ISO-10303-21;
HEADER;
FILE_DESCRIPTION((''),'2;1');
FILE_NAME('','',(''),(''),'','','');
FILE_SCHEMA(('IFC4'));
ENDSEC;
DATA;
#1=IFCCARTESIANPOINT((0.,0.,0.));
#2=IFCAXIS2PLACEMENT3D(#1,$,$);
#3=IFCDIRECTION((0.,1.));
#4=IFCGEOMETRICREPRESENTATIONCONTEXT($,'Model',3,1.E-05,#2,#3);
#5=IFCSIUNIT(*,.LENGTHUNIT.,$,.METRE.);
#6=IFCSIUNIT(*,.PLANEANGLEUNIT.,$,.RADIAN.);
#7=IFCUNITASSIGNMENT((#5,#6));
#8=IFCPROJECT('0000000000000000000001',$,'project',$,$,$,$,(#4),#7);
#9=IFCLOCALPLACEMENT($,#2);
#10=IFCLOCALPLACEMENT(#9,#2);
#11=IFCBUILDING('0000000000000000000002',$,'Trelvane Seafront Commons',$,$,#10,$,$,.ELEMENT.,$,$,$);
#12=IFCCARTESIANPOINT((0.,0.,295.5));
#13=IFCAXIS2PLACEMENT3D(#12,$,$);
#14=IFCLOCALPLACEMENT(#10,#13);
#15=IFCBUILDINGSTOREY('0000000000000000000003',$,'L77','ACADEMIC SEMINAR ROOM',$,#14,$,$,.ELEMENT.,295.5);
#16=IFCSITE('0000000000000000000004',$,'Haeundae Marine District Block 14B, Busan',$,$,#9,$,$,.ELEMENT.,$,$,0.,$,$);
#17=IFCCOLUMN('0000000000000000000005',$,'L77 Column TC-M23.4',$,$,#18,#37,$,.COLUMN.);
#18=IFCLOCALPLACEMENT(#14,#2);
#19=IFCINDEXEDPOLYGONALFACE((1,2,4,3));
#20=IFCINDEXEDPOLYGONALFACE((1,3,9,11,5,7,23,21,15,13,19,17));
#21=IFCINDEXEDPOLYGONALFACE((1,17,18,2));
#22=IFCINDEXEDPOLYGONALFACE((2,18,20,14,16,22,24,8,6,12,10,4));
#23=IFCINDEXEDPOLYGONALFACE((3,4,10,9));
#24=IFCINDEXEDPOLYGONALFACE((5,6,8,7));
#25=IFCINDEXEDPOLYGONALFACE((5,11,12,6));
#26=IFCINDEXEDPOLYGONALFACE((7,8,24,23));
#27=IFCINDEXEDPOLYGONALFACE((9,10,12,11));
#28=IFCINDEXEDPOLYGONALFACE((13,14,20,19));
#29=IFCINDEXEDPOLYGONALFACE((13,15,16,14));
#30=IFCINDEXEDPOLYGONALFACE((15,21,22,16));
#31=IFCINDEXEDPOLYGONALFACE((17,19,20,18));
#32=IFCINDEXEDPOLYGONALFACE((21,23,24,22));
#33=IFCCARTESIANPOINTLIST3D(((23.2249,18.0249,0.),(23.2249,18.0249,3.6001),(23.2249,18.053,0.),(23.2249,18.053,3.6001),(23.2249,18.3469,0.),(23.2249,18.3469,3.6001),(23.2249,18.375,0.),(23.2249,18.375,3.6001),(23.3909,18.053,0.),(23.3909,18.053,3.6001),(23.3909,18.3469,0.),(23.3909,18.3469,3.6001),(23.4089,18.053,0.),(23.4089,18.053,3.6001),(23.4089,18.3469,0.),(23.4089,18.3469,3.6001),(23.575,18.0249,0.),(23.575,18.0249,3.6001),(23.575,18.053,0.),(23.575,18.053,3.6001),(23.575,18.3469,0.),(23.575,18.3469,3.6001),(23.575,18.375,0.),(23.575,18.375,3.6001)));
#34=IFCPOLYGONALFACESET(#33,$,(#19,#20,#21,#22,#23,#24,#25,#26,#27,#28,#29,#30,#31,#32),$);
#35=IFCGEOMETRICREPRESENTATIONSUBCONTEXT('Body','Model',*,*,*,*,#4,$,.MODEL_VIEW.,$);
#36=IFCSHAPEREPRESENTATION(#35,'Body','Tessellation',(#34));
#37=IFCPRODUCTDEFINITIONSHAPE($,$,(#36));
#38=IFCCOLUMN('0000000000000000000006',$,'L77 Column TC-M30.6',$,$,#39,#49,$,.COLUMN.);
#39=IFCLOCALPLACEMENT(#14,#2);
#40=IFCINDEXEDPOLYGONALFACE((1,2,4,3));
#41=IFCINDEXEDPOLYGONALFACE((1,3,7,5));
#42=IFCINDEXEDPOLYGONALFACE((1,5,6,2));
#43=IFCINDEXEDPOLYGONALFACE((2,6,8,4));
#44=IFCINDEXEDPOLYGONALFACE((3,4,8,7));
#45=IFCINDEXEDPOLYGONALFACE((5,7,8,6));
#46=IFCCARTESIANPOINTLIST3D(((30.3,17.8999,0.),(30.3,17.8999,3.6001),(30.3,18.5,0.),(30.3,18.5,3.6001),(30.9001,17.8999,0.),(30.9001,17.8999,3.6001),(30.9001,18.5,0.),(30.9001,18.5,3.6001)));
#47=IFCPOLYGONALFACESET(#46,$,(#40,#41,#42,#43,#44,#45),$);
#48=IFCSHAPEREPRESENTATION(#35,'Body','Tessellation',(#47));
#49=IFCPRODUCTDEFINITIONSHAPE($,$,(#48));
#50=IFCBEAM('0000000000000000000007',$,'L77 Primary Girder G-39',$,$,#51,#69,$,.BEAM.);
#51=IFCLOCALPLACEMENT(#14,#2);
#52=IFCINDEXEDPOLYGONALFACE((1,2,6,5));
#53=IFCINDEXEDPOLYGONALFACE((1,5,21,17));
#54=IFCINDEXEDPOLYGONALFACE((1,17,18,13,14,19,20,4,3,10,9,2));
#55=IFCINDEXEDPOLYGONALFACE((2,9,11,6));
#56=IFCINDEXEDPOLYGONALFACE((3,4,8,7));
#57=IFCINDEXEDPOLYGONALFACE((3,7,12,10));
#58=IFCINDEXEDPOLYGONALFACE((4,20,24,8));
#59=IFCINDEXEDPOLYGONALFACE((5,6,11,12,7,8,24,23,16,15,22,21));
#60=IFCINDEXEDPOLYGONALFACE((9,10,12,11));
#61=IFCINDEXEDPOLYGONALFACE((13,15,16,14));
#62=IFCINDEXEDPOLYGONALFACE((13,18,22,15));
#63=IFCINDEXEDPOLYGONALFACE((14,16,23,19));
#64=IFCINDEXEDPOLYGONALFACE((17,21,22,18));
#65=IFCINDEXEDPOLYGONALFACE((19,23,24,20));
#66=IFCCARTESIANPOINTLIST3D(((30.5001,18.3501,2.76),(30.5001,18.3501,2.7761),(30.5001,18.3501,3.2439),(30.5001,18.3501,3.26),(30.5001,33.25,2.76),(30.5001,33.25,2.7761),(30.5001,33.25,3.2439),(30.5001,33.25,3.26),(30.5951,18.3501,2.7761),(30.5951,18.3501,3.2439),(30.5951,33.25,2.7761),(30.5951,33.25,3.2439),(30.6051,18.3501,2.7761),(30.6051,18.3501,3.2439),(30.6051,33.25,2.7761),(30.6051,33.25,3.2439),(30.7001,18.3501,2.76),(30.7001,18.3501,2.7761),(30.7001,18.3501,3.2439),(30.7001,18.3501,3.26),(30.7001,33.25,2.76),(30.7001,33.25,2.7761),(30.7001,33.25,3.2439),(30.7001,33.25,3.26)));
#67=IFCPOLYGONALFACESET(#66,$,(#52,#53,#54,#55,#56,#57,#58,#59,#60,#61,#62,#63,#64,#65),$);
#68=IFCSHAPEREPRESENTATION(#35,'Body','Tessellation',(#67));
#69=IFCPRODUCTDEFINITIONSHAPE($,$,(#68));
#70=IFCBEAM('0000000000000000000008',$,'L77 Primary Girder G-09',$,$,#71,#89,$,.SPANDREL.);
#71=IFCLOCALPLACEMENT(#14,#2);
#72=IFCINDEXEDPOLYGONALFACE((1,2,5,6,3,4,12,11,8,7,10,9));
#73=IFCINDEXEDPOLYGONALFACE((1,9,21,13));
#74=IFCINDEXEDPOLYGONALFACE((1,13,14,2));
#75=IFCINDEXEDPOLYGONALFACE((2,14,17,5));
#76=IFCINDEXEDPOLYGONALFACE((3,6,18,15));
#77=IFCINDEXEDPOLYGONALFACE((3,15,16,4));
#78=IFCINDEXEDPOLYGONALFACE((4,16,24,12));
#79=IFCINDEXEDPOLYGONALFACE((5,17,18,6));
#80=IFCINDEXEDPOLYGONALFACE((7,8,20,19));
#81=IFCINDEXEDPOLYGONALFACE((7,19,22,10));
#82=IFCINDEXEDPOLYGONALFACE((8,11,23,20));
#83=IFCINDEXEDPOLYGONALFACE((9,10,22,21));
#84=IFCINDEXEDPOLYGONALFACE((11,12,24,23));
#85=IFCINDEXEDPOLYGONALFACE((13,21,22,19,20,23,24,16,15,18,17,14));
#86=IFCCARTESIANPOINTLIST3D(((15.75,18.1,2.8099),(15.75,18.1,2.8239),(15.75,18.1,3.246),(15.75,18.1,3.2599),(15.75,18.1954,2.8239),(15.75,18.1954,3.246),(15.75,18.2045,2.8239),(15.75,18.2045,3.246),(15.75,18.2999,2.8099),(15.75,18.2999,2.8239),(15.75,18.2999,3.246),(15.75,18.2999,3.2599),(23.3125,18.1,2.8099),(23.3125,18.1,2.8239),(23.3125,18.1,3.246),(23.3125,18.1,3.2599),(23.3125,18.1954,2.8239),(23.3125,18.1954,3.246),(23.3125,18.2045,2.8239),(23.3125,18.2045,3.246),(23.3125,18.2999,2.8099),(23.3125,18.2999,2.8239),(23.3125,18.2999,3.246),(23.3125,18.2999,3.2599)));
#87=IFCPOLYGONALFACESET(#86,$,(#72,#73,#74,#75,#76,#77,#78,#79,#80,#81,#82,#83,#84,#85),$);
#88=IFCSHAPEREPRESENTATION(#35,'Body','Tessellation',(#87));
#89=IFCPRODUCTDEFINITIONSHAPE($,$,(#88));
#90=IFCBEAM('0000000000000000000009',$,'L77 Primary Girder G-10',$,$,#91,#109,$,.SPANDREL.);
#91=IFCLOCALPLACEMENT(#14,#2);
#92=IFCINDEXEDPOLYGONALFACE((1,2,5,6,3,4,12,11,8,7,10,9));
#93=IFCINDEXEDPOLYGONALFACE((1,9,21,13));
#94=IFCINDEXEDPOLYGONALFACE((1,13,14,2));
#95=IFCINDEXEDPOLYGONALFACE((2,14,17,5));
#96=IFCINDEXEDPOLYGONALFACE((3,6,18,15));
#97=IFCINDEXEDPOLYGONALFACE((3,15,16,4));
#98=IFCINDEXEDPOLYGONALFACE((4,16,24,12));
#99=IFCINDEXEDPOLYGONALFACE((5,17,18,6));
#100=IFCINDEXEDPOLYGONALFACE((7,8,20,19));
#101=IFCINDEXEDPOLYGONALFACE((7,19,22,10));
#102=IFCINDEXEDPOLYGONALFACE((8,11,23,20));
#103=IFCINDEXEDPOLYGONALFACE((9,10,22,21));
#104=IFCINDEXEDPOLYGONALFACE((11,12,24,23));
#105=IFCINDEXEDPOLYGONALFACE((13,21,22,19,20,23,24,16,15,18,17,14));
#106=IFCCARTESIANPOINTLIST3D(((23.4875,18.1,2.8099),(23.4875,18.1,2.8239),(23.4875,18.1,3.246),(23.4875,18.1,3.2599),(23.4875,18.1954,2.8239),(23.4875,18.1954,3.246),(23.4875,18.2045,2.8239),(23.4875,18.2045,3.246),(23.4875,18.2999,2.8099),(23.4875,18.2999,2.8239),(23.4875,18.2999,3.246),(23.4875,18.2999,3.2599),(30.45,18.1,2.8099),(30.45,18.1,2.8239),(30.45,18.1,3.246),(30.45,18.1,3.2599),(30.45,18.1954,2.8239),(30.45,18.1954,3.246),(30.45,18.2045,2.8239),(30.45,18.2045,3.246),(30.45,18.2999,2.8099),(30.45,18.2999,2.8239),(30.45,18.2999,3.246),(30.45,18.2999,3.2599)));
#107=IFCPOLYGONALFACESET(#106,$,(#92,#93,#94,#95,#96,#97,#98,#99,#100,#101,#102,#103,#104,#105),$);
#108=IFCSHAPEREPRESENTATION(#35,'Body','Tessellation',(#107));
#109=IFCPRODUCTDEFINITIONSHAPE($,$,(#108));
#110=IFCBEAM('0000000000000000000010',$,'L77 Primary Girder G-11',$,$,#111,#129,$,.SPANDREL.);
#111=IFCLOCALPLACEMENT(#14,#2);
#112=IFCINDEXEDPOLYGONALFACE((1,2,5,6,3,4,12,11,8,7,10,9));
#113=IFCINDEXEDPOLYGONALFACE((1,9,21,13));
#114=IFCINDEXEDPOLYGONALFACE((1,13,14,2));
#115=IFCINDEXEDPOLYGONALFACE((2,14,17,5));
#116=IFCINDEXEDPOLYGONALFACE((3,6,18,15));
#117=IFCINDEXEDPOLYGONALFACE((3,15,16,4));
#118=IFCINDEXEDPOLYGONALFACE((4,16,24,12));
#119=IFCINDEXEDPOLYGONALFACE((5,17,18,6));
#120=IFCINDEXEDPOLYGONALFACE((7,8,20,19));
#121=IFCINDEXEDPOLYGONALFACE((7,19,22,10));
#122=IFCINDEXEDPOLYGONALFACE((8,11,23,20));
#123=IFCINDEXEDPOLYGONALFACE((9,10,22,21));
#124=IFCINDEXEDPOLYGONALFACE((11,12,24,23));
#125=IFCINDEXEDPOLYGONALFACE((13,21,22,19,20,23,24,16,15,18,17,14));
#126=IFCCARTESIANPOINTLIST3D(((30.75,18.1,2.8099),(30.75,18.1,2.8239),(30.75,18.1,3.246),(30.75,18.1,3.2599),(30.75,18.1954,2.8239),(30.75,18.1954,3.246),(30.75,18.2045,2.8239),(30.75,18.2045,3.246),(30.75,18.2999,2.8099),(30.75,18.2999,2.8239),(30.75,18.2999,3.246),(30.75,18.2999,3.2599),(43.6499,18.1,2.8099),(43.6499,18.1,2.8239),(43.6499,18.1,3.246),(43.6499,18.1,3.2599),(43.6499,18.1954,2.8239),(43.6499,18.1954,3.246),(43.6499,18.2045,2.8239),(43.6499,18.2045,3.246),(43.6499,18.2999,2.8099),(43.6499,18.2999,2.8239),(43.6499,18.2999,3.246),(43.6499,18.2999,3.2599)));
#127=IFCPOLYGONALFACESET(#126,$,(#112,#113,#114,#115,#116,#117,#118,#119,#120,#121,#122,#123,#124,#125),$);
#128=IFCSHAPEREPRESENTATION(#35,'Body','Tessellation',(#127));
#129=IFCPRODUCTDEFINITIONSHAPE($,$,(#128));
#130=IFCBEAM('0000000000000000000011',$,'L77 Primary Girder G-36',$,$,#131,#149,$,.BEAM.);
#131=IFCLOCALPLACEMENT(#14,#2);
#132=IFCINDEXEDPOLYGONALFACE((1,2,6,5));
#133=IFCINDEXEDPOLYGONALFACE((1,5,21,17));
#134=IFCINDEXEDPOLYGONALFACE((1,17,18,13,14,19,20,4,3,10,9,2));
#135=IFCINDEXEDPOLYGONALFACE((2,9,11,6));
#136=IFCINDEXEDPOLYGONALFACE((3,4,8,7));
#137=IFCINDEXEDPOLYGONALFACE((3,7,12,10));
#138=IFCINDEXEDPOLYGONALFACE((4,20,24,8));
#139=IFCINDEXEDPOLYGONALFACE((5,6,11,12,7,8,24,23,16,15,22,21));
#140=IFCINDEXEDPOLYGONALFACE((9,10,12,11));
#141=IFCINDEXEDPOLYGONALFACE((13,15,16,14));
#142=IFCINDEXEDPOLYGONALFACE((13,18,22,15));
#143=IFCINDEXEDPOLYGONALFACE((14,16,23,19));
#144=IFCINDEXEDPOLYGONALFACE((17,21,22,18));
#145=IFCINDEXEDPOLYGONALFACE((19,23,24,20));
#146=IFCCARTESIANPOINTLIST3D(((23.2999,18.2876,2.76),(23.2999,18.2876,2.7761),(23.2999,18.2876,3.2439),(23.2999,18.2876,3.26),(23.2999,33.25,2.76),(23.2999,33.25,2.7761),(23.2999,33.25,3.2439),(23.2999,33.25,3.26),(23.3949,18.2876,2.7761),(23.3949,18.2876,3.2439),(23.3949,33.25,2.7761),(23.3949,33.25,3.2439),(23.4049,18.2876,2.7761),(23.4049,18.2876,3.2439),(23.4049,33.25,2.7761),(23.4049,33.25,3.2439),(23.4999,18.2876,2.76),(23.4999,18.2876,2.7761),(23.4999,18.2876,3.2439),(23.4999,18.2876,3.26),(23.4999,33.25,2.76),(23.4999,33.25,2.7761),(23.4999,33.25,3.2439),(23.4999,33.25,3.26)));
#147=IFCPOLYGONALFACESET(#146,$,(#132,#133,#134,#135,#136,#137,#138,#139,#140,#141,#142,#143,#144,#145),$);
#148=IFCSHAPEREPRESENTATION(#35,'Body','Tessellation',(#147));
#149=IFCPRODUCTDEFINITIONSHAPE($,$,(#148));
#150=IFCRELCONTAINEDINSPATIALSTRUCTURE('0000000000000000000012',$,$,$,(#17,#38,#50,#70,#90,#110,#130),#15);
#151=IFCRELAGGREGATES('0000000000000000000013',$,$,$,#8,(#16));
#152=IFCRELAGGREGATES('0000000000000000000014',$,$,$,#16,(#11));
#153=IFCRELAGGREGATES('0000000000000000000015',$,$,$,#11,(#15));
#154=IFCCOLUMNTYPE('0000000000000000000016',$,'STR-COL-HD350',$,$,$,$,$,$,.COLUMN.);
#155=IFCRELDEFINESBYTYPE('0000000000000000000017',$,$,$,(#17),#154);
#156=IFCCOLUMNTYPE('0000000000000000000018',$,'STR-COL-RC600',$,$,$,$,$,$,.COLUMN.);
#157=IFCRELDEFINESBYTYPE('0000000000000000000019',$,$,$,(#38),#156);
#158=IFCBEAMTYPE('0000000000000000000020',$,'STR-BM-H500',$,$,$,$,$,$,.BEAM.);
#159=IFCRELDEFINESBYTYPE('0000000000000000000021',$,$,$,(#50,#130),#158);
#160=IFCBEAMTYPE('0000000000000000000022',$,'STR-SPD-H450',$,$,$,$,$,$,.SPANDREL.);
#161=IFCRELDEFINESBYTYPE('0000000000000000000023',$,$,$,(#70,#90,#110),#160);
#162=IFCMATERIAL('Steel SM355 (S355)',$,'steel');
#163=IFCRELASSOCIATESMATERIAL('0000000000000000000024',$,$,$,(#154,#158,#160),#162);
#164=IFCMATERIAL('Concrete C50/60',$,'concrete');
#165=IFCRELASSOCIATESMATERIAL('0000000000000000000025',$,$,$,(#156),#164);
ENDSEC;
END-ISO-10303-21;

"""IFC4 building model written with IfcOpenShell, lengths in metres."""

from ifc_helpers import new_model, si_unit, direction, frame, origin, origin_2d, place, context, subcontext, project, spatial, rectangle, i_section, extrude, source, transform, mapped, material, material_profile, profile_set, type_object, element, save


model = new_model("IFC4")

# Units and contexts
model_context = context("Model", 3, precision=1e-05, world=origin(), true_north=direction((0.0, 1.0)))
body_context = subcontext(model_context, "Body", "Model", "MODEL_VIEW")
ifc_project = project(units=[si_unit("LENGTHUNIT", "METRE"), si_unit("PLANEANGLEUNIT", "RADIAN")], contexts=[model_context])

# Site, building, storey
site_placement = place(None, origin())
site = spatial("IfcSite", under=ifc_project, at=site_placement, Name="Haeundae Marine District Block 14B, Busan", CompositionType="ELEMENT", RefElevation=0.0)
building_placement = place(site_placement, origin())
building = spatial("IfcBuilding", under=site, at=building_placement, Name="Trelvane Seafront Commons", CompositionType="ELEMENT")
storey_placement = place(building_placement, frame((0.0, 0.0, 295.5)))
storey = spatial("IfcBuildingStorey", under=building, at=storey_placement, Name="L77", Description="ACADEMIC SEMINAR ROOM", CompositionType="ELEMENT", Elevation=295.5)

# Columns
ifc_material_1 = material(Name="Steel SM355 (S355)", Category="steel")
ifc_material_profile_1 = material_profile(ifc_material_1, i_section(OverallWidth=0.3501, OverallDepth=0.3501, WebThickness=0.0181, FlangeThickness=0.0281, at=origin_2d()), Name="HD-350x350x18x28")
ifc_profile_set_1 = profile_set([ifc_material_profile_1], Name="Steel SM355 (S355)")
column_type_1 = type_object("IfcColumnType", Name="STR-COL-HD350", PredefinedType="COLUMN", material=ifc_profile_set_1)
shared_shape_1 = source(origin(), body_context, "Body", "SweptSolid", [
    extrude(i_section(OverallWidth=0.3501, OverallDepth=0.3501, WebThickness=0.0181, FlangeThickness=0.0281, at=origin_2d()), origin(), (0.0, 0.0, 1.0), 3.6001),
])
column_1_placement = place(storey_placement, frame((23.3999, 18.2, 0.0), z_axis=(0.0, 0.0, 1.0), x_axis=(1.0, 0.0, 0.0)))
element("IfcColumn", 1, at=column_1_placement, inside=storey, type_object=column_type_1, Name="L77 Column TC-M23.4", PredefinedType="COLUMN", context=body_context, shape_type="MappedRepresentation", body=[
    mapped(shared_shape_1, transform((0.0, 0.0, 0.0), x_axis=(1.0, 0.0, 0.0), y_axis=(0.0, 1.0, 0.0), z_axis=(0.0, 0.0, 1.0), scale=1.0)),
])
ifc_material_2 = material(Name="Concrete C50/60", Category="concrete")
ifc_material_profile_2 = material_profile(ifc_material_2, rectangle(XDim=0.6001, YDim=0.6001, at=origin_2d()), Name="RC-600x600")
ifc_profile_set_2 = profile_set([ifc_material_profile_2], Name="Concrete C50/60")
column_type_2 = type_object("IfcColumnType", Name="STR-COL-RC600", PredefinedType="COLUMN", material=ifc_profile_set_2)
shared_shape_2 = source(origin(), body_context, "Body", "SweptSolid", [
    extrude(rectangle(XDim=0.6001, YDim=0.6001, at=origin_2d()), origin(), (0.0, 0.0, 1.0), 3.6001),
])
column_2_placement = place(storey_placement, frame((30.6001, 18.2, 0.0), z_axis=(0.0, 0.0, 1.0), x_axis=(1.0, 0.0, 0.0)))
element("IfcColumn", 2, at=column_2_placement, inside=storey, type_object=column_type_2, Name="L77 Column TC-M30.6", PredefinedType="COLUMN", context=body_context, shape_type="MappedRepresentation", body=[
    mapped(shared_shape_2, transform((0.0, 0.0, 0.0), x_axis=(1.0, 0.0, 0.0), y_axis=(0.0, 1.0, 0.0), z_axis=(0.0, 0.0, 1.0), scale=1.0)),
])

# Beams
ifc_material_profile_3 = material_profile(ifc_material_1, i_section(OverallWidth=0.2, OverallDepth=0.5, WebThickness=0.01, FlangeThickness=0.0161, at=origin_2d()), Name="H-500x200x10x16")
ifc_profile_set_3 = profile_set([ifc_material_profile_3], Name="Steel SM355 (S355)")
beam_type_1 = type_object("IfcBeamType", Name="STR-BM-H500", PredefinedType="BEAM", material=ifc_profile_set_3)
shared_shape_3 = source(origin(), body_context, "Body", "SweptSolid", [
    extrude(i_section(OverallWidth=0.2, OverallDepth=0.5, WebThickness=0.01, FlangeThickness=0.0161, at=origin_2d()), origin(), (0.0, 0.0, 1.0), 14.8999),
])
beam_1_placement = place(storey_placement, frame((30.6001, 18.3501, 3.01), z_axis=(0.0, 1.0, 0.0), x_axis=(-1.0, 0.0, 0.0)))
element("IfcBeam", 3, at=beam_1_placement, inside=storey, type_object=beam_type_1, Name="L77 Primary Girder G-39", PredefinedType="BEAM", context=body_context, shape_type="MappedRepresentation", body=[
    mapped(shared_shape_3, transform((0.0, 0.0, 0.0), x_axis=(1.0, 0.0, 0.0), y_axis=(0.0, 1.0, 0.0), z_axis=(0.0, 0.0, 1.0), scale=1.0)),
])
ifc_material_profile_4 = material_profile(ifc_material_1, i_section(OverallWidth=0.2, OverallDepth=0.45, WebThickness=0.009, FlangeThickness=0.0139, at=origin_2d()), Name="H-450x200x9x14")
ifc_profile_set_4 = profile_set([ifc_material_profile_4], Name="Steel SM355 (S355)")
beam_type_2 = type_object("IfcBeamType", Name="STR-SPD-H450", PredefinedType="SPANDREL", material=ifc_profile_set_4)
shared_shape_4 = source(origin(), body_context, "Body", "SweptSolid", [
    extrude(i_section(OverallWidth=0.2, OverallDepth=0.45, WebThickness=0.009, FlangeThickness=0.0139, at=origin_2d()), origin(), (0.0, 0.0, 1.0), 7.5625),
])
beam_2_placement = place(storey_placement, frame((15.75, 18.2, 3.0349), z_axis=(1.0, 0.0, 0.0), x_axis=(0.0, 1.0, 0.0)))
element("IfcBeam", 4, at=beam_2_placement, inside=storey, type_object=beam_type_2, Name="L77 Primary Girder G-09", PredefinedType="SPANDREL", context=body_context, shape_type="MappedRepresentation", body=[
    mapped(shared_shape_4, transform((0.0, 0.0, 0.0), x_axis=(1.0, 0.0, 0.0), y_axis=(0.0, 1.0, 0.0), z_axis=(0.0, 0.0, 1.0), scale=1.0)),
])
shared_shape_5 = source(origin(), body_context, "Body", "SweptSolid", [
    extrude(i_section(OverallWidth=0.2, OverallDepth=0.45, WebThickness=0.009, FlangeThickness=0.0139, at=origin_2d()), origin(), (0.0, 0.0, 1.0), 6.9624),
])
beam_3_placement = place(storey_placement, frame((23.4875, 18.2, 3.0349), z_axis=(1.0, 0.0, 0.0), x_axis=(0.0, 1.0, 0.0)))
element("IfcBeam", 5, at=beam_3_placement, inside=storey, type_object=beam_type_2, Name="L77 Primary Girder G-10", PredefinedType="SPANDREL", context=body_context, shape_type="MappedRepresentation", body=[
    mapped(shared_shape_5, transform((0.0, 0.0, 0.0), x_axis=(1.0, 0.0, 0.0), y_axis=(0.0, 1.0, 0.0), z_axis=(0.0, 0.0, 1.0), scale=1.0)),
])
shared_shape_6 = source(origin(), body_context, "Body", "SweptSolid", [
    extrude(i_section(OverallWidth=0.2, OverallDepth=0.45, WebThickness=0.009, FlangeThickness=0.0139, at=origin_2d()), origin(), (0.0, 0.0, 1.0), 12.8999),
])
beam_4_placement = place(storey_placement, frame((30.75, 18.2, 3.0349), z_axis=(1.0, 0.0, 0.0), x_axis=(0.0, 1.0, 0.0)))
element("IfcBeam", 6, at=beam_4_placement, inside=storey, type_object=beam_type_2, Name="L77 Primary Girder G-11", PredefinedType="SPANDREL", context=body_context, shape_type="MappedRepresentation", body=[
    mapped(shared_shape_6, transform((0.0, 0.0, 0.0), x_axis=(1.0, 0.0, 0.0), y_axis=(0.0, 1.0, 0.0), z_axis=(0.0, 0.0, 1.0), scale=1.0)),
])
shared_shape_7 = source(origin(), body_context, "Body", "SweptSolid", [
    extrude(i_section(OverallWidth=0.2, OverallDepth=0.5, WebThickness=0.01, FlangeThickness=0.0161, at=origin_2d()), origin(), (0.0, 0.0, 1.0), 14.9624),
])
beam_5_placement = place(storey_placement, frame((23.3999, 18.2876, 3.01), z_axis=(0.0, 1.0, 0.0), x_axis=(-1.0, 0.0, 0.0)))
element("IfcBeam", 7, at=beam_5_placement, inside=storey, type_object=beam_type_1, Name="L77 Primary Girder G-36", PredefinedType="BEAM", context=body_context, shape_type="MappedRepresentation", body=[
    mapped(shared_shape_7, transform((0.0, 0.0, 0.0), x_axis=(1.0, 0.0, 0.0), y_axis=(0.0, 1.0, 0.0), z_axis=(0.0, 0.0, 1.0), scale=1.0)),
])

save(model, "model.ifc")
